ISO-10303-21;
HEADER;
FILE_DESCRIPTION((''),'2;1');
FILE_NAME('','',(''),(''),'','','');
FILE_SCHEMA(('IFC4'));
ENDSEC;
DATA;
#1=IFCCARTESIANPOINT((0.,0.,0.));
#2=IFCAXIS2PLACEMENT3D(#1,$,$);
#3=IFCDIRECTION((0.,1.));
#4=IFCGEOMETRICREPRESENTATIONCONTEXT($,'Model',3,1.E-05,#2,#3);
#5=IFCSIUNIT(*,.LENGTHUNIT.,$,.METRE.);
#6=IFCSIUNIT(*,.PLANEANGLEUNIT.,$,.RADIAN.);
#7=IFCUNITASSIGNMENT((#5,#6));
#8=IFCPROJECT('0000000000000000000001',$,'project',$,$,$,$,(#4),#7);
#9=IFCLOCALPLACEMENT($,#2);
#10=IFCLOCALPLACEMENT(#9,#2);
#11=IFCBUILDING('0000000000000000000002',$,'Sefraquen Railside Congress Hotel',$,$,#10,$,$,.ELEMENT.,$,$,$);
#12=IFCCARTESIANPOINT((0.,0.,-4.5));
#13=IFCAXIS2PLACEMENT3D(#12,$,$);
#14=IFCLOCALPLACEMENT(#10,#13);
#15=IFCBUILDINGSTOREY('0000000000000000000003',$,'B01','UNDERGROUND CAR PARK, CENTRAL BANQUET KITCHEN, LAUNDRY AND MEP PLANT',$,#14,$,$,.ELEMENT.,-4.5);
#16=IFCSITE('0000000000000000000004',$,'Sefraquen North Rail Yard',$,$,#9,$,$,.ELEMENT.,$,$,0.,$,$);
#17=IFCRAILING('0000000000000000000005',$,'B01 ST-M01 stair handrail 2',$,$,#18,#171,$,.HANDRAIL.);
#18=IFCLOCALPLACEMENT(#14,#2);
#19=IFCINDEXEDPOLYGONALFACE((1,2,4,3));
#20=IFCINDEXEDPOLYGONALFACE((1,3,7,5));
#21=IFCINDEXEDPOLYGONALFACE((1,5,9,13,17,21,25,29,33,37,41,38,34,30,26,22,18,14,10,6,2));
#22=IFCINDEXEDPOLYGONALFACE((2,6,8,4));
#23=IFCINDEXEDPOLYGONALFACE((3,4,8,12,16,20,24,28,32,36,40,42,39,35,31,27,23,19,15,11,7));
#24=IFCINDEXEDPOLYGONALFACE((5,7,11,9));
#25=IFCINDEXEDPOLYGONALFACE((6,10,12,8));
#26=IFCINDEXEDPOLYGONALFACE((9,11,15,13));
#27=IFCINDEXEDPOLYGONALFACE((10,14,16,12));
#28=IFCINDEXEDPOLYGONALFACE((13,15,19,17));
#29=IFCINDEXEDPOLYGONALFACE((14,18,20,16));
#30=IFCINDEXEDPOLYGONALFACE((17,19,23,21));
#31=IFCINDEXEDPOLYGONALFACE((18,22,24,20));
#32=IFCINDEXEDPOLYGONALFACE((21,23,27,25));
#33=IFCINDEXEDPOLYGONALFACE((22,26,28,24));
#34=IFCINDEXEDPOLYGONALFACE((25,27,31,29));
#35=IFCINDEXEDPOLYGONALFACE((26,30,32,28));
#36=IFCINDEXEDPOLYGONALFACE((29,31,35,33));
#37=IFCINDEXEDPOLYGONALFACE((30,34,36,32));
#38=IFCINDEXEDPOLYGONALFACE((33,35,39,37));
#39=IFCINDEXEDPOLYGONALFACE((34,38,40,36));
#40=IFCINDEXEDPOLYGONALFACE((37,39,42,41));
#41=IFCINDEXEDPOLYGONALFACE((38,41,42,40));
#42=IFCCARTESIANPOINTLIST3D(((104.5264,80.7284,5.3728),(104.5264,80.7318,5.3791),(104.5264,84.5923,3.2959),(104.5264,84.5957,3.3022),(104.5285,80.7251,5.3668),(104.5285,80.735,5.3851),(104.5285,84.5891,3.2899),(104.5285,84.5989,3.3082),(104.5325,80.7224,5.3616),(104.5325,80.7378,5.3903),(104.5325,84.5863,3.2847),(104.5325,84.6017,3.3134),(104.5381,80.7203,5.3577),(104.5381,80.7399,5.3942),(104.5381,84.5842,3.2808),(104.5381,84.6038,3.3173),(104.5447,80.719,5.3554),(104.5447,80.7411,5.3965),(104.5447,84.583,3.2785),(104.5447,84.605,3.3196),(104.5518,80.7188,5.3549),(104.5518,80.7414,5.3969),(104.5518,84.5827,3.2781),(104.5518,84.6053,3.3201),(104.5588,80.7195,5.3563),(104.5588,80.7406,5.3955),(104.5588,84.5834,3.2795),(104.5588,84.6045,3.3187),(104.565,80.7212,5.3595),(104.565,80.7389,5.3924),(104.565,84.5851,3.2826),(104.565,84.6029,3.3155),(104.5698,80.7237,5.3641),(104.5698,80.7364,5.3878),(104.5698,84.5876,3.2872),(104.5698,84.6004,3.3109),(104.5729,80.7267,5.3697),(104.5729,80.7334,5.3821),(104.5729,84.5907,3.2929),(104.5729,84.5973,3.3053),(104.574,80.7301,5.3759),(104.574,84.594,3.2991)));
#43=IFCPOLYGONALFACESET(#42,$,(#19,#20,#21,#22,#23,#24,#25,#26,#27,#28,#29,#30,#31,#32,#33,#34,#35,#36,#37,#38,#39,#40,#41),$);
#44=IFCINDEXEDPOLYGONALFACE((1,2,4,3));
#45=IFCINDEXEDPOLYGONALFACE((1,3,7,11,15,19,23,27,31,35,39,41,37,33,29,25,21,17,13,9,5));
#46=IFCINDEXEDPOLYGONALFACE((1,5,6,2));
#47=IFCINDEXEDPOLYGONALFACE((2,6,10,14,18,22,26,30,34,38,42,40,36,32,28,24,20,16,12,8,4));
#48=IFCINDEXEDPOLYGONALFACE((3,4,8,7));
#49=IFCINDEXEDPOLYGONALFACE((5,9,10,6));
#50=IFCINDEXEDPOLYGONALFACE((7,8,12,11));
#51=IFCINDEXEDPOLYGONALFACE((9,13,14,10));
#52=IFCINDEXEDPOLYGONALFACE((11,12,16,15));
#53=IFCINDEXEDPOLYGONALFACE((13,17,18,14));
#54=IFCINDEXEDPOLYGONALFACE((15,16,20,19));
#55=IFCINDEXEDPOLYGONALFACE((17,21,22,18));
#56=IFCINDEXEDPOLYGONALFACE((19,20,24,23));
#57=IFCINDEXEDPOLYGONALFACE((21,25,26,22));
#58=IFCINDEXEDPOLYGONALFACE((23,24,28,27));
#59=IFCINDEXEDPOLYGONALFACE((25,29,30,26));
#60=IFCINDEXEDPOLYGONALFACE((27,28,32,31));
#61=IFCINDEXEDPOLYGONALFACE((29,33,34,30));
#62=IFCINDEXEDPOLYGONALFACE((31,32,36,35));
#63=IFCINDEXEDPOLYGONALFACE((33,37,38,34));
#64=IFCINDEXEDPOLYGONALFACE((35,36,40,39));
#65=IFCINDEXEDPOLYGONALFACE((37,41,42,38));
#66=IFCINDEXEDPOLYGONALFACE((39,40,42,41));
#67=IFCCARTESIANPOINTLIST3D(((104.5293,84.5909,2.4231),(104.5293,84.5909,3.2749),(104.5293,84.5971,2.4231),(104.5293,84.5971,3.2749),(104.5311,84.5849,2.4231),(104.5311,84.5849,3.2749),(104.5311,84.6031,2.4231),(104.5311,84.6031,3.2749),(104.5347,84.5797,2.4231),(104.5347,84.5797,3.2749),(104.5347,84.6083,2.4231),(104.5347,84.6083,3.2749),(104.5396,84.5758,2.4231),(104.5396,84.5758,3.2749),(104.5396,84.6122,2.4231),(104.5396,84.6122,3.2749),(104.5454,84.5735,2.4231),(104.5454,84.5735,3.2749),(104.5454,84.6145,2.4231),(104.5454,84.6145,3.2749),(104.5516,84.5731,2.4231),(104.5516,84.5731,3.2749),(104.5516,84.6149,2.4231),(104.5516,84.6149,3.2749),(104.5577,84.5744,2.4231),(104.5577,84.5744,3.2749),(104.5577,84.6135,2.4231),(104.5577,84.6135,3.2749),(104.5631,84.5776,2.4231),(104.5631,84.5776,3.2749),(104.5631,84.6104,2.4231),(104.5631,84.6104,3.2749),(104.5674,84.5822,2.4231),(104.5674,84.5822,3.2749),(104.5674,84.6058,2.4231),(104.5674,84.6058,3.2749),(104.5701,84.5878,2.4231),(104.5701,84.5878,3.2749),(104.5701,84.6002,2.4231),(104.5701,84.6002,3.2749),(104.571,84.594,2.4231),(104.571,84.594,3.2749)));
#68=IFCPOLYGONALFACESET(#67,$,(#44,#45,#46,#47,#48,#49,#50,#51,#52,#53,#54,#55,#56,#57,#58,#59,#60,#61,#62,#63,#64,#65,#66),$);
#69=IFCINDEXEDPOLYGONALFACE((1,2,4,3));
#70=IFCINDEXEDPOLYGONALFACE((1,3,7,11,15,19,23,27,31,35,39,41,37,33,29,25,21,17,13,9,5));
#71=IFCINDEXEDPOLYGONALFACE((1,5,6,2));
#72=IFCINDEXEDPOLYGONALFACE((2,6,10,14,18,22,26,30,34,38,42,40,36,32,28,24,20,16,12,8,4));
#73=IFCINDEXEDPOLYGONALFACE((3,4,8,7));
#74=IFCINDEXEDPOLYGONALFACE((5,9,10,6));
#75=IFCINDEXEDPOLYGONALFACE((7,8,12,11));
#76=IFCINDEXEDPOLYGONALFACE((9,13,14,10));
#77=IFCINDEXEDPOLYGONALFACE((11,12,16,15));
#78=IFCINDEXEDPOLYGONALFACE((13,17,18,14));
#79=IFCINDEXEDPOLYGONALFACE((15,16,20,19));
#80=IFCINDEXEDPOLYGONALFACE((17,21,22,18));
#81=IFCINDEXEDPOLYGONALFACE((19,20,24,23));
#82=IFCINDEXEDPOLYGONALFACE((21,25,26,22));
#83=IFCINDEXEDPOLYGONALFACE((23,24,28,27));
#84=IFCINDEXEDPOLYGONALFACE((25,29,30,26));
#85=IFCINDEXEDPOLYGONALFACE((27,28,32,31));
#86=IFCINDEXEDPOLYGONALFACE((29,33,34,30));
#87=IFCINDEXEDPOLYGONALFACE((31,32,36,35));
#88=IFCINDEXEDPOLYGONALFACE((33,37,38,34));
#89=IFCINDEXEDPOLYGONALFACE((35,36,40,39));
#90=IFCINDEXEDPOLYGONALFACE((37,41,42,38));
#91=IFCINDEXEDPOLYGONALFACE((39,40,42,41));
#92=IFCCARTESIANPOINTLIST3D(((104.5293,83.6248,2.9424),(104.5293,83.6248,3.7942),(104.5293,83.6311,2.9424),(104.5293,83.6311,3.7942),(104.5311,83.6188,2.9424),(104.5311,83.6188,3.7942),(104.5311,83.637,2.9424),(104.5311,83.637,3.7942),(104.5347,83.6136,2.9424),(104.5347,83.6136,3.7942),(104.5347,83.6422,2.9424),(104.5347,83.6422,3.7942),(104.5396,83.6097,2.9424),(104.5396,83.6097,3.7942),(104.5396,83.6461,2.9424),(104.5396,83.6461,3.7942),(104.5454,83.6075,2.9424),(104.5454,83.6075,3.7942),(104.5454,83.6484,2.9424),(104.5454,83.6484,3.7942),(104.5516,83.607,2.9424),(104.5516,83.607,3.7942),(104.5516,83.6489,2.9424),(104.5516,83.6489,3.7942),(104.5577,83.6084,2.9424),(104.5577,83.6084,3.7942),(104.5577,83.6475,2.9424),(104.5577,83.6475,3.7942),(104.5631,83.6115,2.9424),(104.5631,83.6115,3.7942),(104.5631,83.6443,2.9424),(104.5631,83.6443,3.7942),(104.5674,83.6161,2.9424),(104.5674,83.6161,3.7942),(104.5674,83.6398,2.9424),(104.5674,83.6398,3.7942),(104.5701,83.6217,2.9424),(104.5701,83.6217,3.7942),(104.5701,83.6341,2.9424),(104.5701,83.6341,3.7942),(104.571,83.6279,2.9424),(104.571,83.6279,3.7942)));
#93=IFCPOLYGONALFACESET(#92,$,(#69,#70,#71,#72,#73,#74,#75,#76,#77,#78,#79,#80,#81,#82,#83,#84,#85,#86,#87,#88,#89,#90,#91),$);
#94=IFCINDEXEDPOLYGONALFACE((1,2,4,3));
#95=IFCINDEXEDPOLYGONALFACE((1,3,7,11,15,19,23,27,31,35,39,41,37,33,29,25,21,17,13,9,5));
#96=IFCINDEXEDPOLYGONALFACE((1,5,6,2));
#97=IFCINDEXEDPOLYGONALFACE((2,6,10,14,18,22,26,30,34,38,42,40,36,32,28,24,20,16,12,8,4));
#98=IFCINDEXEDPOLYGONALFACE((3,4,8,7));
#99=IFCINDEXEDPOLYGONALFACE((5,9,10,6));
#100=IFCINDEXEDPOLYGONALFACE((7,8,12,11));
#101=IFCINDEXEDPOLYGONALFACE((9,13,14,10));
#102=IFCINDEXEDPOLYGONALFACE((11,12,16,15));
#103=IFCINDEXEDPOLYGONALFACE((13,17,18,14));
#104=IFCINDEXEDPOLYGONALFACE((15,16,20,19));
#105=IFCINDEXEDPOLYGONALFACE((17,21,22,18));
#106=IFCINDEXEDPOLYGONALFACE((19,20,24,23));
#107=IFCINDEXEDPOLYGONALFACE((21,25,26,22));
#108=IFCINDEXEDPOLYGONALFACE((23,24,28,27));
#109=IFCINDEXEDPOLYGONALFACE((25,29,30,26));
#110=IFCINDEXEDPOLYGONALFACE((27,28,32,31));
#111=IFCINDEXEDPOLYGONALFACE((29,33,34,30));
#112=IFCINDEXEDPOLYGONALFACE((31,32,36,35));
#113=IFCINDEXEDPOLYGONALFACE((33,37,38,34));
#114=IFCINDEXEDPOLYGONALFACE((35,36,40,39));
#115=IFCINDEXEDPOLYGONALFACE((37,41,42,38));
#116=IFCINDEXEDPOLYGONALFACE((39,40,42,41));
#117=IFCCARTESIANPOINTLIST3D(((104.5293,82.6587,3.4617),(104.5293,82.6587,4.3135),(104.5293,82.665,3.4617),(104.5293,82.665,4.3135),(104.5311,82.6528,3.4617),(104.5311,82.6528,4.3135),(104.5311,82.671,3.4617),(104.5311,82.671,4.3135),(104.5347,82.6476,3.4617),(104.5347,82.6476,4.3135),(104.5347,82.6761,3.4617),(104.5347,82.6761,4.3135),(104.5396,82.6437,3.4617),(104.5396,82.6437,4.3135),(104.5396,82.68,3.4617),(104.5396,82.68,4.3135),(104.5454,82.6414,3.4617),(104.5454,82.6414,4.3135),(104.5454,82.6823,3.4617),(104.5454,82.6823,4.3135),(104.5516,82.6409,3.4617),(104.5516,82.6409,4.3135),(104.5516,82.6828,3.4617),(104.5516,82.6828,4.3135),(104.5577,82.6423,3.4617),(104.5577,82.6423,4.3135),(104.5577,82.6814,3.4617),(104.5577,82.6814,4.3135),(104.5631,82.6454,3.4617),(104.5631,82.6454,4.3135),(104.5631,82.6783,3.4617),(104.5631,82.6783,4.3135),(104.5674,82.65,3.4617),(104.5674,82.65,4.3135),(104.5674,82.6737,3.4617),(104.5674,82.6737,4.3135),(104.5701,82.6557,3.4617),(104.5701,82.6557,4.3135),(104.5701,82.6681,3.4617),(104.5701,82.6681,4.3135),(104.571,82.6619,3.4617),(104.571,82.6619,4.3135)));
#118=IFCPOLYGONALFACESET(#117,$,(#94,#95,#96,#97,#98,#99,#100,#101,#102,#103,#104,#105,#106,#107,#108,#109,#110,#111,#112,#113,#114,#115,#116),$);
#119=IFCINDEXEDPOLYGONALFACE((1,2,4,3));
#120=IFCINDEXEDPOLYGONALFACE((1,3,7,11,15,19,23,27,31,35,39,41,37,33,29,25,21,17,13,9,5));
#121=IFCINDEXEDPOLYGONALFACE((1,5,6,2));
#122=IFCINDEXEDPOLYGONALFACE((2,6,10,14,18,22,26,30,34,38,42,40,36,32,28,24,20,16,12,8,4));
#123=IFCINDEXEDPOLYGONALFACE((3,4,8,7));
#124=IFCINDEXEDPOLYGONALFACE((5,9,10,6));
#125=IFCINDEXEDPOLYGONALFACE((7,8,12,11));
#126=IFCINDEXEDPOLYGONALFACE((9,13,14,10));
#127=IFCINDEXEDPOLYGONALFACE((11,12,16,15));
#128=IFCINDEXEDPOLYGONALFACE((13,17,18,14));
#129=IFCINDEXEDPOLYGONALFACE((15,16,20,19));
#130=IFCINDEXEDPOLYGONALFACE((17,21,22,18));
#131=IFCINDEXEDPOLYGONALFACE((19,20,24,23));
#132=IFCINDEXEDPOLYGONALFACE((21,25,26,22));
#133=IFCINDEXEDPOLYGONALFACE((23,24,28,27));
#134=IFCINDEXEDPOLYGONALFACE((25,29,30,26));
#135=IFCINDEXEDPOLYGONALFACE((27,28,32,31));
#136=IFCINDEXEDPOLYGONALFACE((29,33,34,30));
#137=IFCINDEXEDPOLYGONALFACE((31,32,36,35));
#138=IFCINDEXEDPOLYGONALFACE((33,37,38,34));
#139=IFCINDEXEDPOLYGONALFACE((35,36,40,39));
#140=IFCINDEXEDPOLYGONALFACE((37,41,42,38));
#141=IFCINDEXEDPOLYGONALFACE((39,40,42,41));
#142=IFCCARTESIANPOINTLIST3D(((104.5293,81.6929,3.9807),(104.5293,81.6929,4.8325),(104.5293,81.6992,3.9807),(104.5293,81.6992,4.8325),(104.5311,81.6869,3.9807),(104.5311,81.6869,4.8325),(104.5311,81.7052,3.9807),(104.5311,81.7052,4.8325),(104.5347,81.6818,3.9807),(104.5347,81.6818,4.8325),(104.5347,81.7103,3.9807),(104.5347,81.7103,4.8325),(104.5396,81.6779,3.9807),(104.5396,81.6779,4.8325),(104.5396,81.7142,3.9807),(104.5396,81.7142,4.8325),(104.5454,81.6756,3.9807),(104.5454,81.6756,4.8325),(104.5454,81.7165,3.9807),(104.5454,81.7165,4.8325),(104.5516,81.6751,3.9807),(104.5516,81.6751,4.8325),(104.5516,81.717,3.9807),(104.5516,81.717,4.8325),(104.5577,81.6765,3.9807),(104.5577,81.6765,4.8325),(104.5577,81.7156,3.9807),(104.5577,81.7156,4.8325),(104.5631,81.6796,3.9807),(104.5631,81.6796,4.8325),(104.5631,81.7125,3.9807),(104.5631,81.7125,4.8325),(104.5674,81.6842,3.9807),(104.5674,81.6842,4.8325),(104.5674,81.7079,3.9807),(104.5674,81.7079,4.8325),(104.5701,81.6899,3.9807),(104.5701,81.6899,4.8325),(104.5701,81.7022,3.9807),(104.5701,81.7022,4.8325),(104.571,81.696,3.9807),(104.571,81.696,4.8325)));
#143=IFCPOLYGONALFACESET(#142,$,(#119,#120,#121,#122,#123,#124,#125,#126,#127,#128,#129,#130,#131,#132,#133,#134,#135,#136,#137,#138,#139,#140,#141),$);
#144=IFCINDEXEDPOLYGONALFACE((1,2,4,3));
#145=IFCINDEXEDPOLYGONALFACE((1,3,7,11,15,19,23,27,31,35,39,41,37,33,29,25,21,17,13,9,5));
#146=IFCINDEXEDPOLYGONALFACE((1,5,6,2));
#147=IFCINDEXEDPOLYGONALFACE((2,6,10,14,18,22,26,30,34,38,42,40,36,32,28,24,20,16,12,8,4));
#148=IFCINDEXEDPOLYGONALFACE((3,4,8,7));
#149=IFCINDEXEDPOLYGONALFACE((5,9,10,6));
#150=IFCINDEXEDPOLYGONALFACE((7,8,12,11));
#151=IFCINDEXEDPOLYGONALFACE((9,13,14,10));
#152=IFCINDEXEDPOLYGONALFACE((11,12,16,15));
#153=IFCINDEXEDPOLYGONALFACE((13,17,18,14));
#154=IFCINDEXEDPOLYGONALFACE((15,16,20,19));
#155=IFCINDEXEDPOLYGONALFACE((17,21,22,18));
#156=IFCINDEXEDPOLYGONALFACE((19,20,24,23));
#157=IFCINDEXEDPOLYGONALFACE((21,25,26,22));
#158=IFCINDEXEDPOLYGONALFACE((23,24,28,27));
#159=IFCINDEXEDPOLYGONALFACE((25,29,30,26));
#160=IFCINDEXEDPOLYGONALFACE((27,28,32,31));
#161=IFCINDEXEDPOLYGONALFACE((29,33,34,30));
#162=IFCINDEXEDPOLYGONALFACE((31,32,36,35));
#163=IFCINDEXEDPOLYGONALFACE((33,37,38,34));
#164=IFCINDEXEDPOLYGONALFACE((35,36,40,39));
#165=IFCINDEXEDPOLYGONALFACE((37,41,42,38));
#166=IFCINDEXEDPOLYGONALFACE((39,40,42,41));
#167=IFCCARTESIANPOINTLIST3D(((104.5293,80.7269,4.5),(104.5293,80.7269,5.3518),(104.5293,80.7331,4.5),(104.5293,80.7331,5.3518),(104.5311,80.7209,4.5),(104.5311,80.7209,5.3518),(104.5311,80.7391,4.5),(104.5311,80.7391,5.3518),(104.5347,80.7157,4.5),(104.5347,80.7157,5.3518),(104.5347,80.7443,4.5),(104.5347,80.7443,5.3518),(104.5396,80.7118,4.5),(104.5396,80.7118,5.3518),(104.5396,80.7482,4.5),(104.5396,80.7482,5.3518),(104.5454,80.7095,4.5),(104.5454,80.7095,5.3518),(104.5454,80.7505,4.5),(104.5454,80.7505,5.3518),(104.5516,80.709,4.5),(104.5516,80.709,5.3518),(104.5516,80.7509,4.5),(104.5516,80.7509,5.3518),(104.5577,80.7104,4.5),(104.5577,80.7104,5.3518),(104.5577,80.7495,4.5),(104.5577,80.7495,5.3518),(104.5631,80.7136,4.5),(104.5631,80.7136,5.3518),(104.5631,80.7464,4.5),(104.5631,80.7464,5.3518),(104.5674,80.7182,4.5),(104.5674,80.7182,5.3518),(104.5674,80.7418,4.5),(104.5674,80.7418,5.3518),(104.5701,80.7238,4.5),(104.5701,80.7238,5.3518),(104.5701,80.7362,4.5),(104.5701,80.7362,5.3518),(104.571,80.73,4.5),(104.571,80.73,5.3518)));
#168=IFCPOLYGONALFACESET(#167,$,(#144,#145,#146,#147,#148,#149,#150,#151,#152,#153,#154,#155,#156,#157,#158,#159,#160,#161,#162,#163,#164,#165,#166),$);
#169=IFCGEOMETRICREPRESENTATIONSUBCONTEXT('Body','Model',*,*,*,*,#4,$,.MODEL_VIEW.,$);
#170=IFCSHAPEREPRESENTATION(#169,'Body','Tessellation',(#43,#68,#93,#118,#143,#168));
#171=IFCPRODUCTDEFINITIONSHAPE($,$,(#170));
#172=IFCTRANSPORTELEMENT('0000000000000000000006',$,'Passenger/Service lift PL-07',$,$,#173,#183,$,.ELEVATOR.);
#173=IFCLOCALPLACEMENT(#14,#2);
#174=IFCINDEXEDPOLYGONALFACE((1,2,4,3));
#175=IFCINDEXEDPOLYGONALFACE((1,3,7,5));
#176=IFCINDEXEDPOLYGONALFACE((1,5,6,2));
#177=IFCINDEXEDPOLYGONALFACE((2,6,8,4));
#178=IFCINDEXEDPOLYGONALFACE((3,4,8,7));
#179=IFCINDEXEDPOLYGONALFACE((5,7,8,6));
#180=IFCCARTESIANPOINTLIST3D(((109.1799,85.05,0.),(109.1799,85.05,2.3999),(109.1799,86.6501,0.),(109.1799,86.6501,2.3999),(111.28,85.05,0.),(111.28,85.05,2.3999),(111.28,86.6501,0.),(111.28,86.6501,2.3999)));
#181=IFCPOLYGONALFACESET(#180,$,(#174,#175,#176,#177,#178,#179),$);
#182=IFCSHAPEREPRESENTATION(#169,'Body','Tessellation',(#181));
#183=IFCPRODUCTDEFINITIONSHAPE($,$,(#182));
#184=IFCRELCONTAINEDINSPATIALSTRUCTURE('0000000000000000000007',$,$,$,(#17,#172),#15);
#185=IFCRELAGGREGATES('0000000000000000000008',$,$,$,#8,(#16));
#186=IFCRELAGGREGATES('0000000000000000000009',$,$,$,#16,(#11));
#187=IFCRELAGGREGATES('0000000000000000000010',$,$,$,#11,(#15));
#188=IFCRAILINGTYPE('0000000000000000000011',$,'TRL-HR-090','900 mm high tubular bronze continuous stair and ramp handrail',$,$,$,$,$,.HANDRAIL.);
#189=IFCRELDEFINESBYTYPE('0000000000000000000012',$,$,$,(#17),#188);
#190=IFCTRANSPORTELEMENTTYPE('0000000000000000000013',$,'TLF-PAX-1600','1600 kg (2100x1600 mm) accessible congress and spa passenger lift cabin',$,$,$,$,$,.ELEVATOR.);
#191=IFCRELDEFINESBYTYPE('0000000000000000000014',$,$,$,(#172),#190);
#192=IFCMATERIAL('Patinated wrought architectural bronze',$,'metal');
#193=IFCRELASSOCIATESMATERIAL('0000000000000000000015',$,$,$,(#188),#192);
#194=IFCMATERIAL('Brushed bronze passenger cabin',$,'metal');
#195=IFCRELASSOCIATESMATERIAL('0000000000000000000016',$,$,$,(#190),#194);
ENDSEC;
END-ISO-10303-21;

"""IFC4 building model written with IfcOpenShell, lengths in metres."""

from ifc_helpers import new_model, si_unit, direction, frame, origin, origin_2d, place, context, subcontext, project, spatial, rectangle, circle, extrude, material, type_object, element, save


model = new_model("IFC4")

# Units and contexts
model_context = context("Model", 3, precision=1e-05, world=origin(), true_north=direction((0.0, 1.0)))
body_context = subcontext(model_context, "Body", "Model", "MODEL_VIEW")
ifc_project = project(units=[si_unit("LENGTHUNIT", "METRE"), si_unit("PLANEANGLEUNIT", "RADIAN")], contexts=[model_context])

# Site, building, storey
site_placement = place(None, origin())
site = spatial("IfcSite", under=ifc_project, at=site_placement, Name="Sefraquen North Rail Yard", CompositionType="ELEMENT", RefElevation=0.0)
building_placement = place(site_placement, origin())
building = spatial("IfcBuilding", under=site, at=building_placement, Name="Sefraquen Railside Congress Hotel", CompositionType="ELEMENT")
storey_placement = place(building_placement, frame((0.0, 0.0, -4.5)))
storey = spatial("IfcBuildingStorey", under=building, at=storey_placement, Name="B01", Description="UNDERGROUND CAR PARK, CENTRAL BANQUET KITCHEN, LAUNDRY AND MEP PLANT", CompositionType="ELEMENT", Elevation=-4.5)

# Railing
ifc_material_1 = material(Name="Patinated wrought architectural bronze", Category="metal")
railing_type_1 = type_object("IfcRailingType", Name="TRL-HR-090", Description="900 mm high tubular bronze continuous stair and ramp handrail", PredefinedType="HANDRAIL", material=ifc_material_1)
railing_1_placement = place(storey_placement, frame((104.55, 84.594, 2.4231)))
element("IfcRailing", 1, at=railing_1_placement, inside=storey, type_object=railing_type_1, Name="B01 ST-M01 stair handrail 2", PredefinedType="HANDRAIL", context=body_context, shape_type="SweptSolid", body=[
    extrude(circle(Radius=0.0239, at=origin_2d()), frame((0.0, 0.0, 0.876), z_axis=(0.0, -0.880825, 0.473443), x_axis=(1.0, 0.0, 0.0)), (0.0, 0.0, 1.0), 4.3867),
    extrude(circle(Radius=0.021, at=origin_2d()), origin(), (0.0, 0.0, 1.0), 0.8518),
    extrude(circle(Radius=0.021, at=origin_2d()), frame((0.0, -0.9661, 0.5193)), (0.0, 0.0, 1.0), 0.8518),
    extrude(circle(Radius=0.021, at=origin_2d()), frame((0.0, -1.9321, 1.0386)), (0.0, 0.0, 1.0), 0.8518),
    extrude(circle(Radius=0.021, at=origin_2d()), frame((0.0, -2.8979, 1.5576)), (0.0, 0.0, 1.0), 0.8518),
    extrude(circle(Radius=0.021, at=origin_2d()), frame((0.0, -3.864, 2.0769)), (0.0, 0.0, 1.0), 0.8518),
])

# Transport element
ifc_material_2 = material(Name="Brushed bronze passenger cabin", Category="metal")
transport_element_type = type_object("IfcTransportElementType", Name="TLF-PAX-1600", Description="1600 kg (2100x1600 mm) accessible congress and spa passenger lift cabin", PredefinedType="ELEVATOR", material=ifc_material_2)
transport_element_placement = place(storey_placement, frame((110.23, 85.8501, 0.0), z_axis=(0.0, 0.0, 1.0), x_axis=(1.0, 0.0, 0.0)))
element("IfcTransportElement", 2, at=transport_element_placement, inside=storey, type_object=transport_element_type, Name="Passenger/Service lift PL-07", PredefinedType="ELEVATOR", context=body_context, shape_type="SweptSolid", body=[
    extrude(rectangle(XDim=2.1001, YDim=1.6001, at=origin_2d()), origin(), (0.0, 0.0, 1.0), 2.3999),
])

save(model, "model.ifc")
